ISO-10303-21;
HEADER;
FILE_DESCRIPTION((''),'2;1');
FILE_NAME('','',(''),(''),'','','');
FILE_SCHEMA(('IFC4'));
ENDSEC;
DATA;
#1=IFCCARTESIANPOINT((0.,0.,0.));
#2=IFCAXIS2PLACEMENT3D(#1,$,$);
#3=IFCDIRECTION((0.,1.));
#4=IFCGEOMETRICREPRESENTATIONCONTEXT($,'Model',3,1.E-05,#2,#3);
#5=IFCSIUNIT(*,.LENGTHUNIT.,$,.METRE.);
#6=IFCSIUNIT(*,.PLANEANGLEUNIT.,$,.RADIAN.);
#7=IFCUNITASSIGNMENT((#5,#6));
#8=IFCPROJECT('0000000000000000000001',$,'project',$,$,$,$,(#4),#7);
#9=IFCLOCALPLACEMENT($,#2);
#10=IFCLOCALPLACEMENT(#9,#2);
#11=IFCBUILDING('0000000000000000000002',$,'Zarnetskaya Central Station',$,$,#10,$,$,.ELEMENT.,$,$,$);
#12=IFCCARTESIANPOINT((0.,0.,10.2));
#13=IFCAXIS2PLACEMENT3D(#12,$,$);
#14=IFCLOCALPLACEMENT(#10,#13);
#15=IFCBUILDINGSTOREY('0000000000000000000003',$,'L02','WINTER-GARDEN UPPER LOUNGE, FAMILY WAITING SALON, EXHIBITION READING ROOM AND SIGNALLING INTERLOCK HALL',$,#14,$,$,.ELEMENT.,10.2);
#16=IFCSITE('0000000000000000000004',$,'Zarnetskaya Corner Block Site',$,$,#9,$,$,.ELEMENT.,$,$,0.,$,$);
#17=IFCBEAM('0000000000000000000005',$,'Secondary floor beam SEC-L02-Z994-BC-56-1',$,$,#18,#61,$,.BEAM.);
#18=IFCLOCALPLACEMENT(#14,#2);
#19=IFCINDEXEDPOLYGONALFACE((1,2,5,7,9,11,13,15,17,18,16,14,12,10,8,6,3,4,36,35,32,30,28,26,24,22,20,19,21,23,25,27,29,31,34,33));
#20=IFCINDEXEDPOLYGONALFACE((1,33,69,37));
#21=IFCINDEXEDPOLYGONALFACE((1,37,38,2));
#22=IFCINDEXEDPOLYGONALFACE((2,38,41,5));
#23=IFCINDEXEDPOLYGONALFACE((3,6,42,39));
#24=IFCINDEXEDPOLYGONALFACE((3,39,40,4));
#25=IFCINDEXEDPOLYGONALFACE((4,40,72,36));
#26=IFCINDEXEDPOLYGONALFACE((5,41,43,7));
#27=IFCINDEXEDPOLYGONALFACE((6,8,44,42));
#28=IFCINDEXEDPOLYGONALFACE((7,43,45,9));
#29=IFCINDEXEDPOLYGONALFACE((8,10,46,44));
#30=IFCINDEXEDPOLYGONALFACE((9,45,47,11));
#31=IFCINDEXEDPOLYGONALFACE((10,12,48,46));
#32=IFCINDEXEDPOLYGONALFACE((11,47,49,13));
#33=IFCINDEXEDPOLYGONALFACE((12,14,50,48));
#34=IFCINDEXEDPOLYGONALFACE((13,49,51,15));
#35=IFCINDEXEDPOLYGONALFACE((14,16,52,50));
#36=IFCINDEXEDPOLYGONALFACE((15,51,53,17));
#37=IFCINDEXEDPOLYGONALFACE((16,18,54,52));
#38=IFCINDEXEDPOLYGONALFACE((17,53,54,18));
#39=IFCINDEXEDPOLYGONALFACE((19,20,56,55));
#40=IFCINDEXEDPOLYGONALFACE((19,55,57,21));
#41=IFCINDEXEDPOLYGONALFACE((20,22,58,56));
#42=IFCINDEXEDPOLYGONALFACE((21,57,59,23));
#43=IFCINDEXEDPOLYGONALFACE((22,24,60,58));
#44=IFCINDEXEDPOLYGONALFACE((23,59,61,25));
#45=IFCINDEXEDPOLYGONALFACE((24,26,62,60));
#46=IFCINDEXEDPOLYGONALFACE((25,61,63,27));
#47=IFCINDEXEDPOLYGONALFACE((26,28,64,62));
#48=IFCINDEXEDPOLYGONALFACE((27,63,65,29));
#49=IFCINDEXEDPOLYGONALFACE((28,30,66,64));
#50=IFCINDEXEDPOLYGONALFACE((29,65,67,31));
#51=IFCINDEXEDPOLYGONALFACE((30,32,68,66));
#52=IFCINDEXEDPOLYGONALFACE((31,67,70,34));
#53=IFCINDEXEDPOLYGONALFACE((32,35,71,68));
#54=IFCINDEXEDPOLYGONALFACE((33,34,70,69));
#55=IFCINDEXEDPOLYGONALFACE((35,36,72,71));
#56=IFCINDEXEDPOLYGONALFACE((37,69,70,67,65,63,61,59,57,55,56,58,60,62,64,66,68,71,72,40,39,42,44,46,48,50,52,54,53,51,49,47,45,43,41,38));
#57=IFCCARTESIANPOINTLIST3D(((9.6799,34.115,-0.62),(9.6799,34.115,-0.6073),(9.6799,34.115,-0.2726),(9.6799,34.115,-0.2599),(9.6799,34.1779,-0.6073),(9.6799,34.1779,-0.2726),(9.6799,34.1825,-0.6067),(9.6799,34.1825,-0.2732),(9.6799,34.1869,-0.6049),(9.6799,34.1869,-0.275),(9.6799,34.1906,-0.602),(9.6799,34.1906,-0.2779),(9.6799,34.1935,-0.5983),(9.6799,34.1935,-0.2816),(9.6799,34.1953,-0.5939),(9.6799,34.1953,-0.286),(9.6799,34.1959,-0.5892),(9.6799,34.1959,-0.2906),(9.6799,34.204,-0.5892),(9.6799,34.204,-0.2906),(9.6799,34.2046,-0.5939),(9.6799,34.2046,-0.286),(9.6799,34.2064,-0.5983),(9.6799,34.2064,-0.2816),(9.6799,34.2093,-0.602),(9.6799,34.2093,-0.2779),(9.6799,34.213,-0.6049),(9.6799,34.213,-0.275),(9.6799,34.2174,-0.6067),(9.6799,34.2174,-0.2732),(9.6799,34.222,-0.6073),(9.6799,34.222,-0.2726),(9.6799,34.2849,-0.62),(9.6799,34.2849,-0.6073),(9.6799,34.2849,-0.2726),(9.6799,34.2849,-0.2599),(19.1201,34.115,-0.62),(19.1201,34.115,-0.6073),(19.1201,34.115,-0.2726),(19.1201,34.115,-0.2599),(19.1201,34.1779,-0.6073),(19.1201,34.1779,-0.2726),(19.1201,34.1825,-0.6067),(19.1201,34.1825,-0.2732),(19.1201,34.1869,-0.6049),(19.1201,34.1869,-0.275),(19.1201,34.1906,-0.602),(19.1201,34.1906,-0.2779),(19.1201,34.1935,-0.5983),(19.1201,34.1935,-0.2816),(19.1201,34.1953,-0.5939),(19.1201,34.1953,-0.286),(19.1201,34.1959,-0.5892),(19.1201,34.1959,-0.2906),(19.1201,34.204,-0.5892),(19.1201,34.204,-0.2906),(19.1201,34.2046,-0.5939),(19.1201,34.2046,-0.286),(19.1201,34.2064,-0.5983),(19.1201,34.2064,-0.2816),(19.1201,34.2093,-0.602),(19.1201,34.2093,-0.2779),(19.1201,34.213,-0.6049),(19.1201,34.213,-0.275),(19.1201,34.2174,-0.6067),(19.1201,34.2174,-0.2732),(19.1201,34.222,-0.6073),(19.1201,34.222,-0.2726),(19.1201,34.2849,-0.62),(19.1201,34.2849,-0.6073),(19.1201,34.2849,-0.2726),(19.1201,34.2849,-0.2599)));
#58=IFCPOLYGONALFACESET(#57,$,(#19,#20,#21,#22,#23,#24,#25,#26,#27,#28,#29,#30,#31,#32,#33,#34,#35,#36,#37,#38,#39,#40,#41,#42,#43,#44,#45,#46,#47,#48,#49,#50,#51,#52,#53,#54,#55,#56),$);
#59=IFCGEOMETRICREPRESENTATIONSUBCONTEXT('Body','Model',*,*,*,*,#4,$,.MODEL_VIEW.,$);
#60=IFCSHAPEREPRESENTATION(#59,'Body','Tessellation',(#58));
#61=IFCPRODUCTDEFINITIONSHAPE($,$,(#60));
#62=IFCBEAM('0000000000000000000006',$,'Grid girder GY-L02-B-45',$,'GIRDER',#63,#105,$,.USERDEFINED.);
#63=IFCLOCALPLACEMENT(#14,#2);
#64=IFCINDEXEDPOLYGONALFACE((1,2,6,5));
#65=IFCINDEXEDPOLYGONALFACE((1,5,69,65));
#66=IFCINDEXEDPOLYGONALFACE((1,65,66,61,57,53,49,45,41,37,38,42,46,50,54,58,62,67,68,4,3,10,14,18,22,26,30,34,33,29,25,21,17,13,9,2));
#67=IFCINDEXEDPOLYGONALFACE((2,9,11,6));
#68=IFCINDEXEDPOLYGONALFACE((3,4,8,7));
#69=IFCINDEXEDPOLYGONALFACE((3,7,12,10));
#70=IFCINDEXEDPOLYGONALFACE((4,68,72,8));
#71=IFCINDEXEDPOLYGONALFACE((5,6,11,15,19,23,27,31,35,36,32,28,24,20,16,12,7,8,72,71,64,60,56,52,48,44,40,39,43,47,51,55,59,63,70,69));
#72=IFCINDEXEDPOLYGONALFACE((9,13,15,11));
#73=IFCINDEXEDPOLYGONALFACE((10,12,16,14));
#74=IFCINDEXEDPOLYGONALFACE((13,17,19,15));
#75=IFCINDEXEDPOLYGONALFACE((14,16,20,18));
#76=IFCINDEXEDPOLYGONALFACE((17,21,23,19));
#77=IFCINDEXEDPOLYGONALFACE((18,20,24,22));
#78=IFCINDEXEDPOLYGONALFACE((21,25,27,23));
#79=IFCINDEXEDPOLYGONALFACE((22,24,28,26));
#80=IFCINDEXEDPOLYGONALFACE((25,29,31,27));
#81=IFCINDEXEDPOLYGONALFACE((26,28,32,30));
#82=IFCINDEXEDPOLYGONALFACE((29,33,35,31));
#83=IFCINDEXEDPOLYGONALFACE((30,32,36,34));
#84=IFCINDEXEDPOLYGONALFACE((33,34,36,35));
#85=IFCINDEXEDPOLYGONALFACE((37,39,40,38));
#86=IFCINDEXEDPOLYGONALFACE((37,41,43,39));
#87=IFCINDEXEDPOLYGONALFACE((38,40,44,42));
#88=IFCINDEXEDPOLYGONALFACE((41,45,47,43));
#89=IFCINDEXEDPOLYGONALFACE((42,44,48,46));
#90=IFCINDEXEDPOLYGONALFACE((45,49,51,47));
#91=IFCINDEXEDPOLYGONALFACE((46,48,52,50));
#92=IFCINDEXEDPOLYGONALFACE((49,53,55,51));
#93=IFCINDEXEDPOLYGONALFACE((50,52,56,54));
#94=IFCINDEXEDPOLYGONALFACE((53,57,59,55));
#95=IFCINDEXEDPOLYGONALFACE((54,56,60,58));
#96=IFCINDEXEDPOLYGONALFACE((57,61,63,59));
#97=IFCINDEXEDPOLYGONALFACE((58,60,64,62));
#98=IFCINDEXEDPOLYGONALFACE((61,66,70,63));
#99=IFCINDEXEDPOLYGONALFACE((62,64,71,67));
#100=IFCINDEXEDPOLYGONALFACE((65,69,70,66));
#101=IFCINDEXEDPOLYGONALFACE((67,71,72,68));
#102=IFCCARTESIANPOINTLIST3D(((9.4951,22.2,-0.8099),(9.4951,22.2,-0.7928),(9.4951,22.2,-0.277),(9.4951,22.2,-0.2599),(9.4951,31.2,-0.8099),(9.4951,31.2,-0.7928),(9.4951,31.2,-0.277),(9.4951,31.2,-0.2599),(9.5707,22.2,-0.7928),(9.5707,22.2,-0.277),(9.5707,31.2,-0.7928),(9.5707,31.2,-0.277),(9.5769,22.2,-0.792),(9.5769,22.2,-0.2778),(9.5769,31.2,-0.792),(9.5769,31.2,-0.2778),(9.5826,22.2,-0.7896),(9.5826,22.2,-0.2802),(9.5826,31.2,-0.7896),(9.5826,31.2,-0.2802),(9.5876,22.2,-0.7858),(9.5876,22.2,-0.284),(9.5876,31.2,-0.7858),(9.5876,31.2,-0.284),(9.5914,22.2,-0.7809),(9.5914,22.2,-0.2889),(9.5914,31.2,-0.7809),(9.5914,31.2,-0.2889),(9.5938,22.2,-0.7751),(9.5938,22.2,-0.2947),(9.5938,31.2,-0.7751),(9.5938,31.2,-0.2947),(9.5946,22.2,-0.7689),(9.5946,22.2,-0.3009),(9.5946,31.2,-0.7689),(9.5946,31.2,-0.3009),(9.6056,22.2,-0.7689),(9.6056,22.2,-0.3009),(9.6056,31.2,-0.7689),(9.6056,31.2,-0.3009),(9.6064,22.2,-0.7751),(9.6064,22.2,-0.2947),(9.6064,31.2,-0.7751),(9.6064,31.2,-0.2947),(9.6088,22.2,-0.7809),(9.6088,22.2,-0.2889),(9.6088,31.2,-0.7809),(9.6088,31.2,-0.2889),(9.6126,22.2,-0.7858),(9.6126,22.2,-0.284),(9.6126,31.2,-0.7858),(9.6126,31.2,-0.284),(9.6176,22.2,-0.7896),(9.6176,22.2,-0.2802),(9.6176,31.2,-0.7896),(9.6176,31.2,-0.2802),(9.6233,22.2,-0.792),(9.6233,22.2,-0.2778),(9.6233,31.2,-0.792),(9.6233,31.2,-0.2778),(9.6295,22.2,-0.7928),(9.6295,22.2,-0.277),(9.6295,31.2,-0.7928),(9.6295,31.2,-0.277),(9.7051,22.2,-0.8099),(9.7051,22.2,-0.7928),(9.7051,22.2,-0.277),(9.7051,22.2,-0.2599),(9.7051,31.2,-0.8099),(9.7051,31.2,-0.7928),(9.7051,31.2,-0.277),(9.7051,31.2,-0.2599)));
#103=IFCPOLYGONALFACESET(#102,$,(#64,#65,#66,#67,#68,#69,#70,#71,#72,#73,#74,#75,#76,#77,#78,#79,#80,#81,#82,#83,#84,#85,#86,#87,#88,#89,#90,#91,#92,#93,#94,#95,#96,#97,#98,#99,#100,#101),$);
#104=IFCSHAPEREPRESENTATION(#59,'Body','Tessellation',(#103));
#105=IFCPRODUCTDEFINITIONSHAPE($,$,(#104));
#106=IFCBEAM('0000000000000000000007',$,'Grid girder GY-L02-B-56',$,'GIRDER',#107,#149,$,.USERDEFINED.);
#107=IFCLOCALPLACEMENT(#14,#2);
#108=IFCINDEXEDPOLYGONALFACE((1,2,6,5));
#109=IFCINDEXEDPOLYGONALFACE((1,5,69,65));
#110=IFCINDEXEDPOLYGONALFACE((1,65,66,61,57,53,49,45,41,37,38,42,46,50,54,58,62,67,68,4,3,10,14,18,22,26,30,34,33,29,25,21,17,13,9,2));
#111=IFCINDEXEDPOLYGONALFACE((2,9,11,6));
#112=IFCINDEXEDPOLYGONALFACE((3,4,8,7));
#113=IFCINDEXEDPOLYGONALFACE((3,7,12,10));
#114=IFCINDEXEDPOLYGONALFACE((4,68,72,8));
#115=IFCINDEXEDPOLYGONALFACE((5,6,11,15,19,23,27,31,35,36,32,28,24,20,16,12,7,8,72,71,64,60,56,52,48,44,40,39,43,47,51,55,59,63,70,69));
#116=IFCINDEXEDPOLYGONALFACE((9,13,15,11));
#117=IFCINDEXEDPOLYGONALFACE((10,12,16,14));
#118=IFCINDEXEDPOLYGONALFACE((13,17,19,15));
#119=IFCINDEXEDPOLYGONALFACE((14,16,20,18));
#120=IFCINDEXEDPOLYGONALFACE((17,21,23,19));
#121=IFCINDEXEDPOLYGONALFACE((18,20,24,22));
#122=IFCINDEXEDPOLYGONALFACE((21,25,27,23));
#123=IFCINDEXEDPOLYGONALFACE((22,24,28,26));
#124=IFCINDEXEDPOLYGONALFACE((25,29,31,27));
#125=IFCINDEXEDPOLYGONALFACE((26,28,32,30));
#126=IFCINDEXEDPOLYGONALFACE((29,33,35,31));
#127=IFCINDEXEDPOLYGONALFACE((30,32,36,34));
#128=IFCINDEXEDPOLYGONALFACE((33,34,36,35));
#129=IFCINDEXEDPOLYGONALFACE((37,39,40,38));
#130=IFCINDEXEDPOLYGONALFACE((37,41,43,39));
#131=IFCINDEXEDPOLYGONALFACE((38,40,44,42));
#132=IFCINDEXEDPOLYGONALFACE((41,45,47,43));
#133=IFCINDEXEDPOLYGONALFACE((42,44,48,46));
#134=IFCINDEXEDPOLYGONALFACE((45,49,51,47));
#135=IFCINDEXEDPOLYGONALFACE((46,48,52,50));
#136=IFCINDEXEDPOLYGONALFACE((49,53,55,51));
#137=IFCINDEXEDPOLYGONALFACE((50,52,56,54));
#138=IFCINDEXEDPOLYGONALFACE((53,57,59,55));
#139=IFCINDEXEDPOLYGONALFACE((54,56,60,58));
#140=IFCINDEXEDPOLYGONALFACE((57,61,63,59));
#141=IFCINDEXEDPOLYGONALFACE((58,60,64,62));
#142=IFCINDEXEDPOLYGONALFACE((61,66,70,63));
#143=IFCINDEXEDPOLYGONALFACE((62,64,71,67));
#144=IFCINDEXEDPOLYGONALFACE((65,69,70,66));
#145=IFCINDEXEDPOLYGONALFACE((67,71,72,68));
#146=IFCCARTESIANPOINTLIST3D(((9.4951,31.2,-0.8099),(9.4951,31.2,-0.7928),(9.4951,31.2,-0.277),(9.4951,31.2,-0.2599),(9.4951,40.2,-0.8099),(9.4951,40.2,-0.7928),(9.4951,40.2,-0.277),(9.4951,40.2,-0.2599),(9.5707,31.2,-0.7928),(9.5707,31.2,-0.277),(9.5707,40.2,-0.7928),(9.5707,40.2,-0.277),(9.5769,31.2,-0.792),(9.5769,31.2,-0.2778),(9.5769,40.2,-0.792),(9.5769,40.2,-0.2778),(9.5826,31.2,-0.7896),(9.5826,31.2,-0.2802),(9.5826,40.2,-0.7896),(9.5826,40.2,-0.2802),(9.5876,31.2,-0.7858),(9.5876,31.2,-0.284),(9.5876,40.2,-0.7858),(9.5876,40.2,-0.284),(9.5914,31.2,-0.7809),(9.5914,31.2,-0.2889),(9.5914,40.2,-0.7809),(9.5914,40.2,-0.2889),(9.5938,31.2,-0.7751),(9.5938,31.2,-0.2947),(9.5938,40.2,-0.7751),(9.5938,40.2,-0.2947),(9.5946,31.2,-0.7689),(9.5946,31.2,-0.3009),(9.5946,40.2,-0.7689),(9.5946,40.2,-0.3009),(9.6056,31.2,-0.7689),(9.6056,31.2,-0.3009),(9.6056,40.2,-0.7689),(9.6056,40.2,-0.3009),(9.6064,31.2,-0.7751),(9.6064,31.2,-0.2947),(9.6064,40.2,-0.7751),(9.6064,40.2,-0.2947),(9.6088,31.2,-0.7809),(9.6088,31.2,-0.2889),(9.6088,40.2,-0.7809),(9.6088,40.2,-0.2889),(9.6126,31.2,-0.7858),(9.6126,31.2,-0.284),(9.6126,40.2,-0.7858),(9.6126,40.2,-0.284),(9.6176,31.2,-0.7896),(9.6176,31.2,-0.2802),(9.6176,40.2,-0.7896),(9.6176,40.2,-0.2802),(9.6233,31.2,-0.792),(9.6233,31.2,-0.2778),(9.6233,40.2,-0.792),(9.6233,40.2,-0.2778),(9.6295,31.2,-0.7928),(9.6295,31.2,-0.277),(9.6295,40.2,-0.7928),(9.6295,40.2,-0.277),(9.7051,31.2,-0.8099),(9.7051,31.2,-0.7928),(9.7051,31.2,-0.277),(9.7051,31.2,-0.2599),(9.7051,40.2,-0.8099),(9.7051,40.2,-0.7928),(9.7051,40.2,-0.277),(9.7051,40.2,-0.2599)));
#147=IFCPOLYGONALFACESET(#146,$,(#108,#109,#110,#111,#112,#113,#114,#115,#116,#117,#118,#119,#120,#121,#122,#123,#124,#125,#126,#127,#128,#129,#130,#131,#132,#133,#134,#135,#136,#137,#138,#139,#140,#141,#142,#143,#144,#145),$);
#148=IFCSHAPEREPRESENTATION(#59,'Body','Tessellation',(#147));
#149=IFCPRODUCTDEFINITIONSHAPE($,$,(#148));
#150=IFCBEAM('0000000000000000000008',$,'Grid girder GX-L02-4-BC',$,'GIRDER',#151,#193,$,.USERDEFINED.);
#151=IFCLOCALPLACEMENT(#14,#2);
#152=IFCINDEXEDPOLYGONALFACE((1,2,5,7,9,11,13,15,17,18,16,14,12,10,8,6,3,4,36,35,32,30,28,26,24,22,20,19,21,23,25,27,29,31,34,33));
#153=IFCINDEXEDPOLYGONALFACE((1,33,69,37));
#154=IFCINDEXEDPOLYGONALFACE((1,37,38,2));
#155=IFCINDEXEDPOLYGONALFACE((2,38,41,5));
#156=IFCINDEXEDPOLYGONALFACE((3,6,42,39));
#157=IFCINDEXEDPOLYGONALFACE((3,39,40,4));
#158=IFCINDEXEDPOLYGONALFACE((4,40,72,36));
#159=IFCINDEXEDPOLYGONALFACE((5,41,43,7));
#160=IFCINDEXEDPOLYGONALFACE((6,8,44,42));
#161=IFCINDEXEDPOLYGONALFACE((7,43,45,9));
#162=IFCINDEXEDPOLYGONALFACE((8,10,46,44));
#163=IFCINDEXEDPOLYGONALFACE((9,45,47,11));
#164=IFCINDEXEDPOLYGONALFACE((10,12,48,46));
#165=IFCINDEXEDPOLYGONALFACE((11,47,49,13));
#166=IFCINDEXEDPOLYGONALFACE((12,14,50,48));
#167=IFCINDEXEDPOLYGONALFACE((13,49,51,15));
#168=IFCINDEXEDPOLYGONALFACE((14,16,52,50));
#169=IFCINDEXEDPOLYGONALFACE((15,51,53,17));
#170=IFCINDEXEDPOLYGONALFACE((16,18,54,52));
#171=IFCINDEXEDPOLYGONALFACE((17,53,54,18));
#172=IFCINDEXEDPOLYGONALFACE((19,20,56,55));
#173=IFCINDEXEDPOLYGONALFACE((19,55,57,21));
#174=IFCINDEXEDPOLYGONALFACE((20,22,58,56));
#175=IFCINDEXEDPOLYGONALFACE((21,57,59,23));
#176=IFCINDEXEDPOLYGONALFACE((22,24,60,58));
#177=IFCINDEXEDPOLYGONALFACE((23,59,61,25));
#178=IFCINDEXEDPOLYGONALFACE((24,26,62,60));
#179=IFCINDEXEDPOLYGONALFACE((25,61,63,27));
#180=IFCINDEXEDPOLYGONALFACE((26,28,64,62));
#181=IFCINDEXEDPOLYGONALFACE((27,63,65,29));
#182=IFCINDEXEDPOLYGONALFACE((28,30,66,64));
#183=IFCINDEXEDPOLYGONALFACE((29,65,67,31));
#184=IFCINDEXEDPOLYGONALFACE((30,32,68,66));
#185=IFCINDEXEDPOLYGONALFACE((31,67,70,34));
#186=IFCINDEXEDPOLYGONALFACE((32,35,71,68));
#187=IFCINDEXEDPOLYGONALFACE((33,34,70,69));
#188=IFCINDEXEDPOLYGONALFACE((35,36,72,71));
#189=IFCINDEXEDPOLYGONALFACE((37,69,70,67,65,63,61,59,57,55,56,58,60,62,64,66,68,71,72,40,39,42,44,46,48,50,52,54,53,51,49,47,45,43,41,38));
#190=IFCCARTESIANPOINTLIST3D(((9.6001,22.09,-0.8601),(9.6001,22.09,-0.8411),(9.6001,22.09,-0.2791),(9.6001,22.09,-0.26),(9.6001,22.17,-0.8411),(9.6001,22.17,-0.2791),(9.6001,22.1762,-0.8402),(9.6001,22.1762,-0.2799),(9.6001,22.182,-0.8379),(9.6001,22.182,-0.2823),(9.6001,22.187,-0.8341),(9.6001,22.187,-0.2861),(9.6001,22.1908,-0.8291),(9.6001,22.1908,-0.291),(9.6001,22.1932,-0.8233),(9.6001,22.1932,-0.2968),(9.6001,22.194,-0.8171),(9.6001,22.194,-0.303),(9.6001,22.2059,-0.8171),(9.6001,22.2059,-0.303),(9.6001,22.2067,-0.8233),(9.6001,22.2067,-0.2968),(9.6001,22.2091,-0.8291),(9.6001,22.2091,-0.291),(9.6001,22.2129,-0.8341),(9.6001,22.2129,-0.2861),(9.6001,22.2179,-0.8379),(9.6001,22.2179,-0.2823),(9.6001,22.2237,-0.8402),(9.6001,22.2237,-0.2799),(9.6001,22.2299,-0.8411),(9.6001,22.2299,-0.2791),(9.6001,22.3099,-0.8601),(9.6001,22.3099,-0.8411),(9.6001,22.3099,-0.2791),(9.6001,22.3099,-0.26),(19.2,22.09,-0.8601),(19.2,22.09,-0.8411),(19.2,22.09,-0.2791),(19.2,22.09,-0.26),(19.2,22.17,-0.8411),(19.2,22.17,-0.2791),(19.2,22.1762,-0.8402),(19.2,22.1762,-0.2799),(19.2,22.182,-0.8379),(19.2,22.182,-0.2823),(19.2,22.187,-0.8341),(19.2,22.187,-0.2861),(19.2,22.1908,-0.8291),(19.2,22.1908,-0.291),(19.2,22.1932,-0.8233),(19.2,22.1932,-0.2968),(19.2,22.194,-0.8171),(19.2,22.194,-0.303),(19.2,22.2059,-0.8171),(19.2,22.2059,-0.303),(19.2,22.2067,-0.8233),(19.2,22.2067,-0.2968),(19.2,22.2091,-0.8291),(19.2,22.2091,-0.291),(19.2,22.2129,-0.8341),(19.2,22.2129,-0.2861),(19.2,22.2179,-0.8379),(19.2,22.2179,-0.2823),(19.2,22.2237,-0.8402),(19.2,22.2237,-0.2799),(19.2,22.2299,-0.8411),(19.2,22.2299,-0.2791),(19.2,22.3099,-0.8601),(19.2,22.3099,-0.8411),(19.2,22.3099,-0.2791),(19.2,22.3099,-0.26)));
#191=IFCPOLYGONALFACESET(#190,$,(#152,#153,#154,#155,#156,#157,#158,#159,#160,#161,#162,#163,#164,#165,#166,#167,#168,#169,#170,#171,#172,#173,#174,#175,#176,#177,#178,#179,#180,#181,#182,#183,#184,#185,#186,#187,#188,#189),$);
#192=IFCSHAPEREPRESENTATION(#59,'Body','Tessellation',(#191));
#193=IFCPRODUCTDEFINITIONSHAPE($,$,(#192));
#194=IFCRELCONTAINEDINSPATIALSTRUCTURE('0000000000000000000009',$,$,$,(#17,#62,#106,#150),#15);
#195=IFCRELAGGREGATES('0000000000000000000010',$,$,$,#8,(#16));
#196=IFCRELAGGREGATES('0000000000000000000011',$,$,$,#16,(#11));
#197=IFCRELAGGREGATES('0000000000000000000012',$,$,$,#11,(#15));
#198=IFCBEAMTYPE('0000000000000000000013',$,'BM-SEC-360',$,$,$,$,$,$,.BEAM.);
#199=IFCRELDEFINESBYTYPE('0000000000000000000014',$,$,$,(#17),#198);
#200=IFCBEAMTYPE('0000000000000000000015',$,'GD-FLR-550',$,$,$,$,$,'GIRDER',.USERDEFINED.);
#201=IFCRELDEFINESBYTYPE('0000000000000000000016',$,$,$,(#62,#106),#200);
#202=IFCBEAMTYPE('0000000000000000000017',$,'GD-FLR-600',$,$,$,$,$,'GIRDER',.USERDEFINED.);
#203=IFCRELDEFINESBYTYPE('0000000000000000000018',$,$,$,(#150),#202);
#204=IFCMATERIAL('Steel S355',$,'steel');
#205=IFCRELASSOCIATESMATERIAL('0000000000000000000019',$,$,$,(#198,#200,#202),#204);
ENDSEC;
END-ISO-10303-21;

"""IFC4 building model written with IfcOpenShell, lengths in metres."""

from ifc_helpers import new_model, si_unit, direction, frame, origin, origin_2d, place, context, subcontext, project, spatial, i_section, extrude, material, material_profile, profile_set, type_object, element, save


model = new_model("IFC4")

# Units and contexts
model_context = context("Model", 3, precision=1e-05, world=origin(), true_north=direction((0.0, 1.0)))
body_context = subcontext(model_context, "Body", "Model", "MODEL_VIEW")
ifc_project = project(units=[si_unit("LENGTHUNIT", "METRE"), si_unit("PLANEANGLEUNIT", "RADIAN")], contexts=[model_context])

# Site, building, storey
site_placement = place(None, origin())
site = spatial("IfcSite", under=ifc_project, at=site_placement, Name="Zarnetskaya Corner Block Site", CompositionType="ELEMENT", RefElevation=0.0)
building_placement = place(site_placement, origin())
building = spatial("IfcBuilding", under=site, at=building_placement, Name="Zarnetskaya Central Station", CompositionType="ELEMENT")
storey_placement = place(building_placement, frame((0.0, 0.0, 10.2)))
storey = spatial("IfcBuildingStorey", under=building, at=storey_placement, Name="L02", Description="WINTER-GARDEN UPPER LOUNGE, FAMILY WAITING SALON, EXHIBITION READING ROOM AND SIGNALLING INTERLOCK HALL", CompositionType="ELEMENT", Elevation=10.2)

# Shared definitions
ifc_material_1 = material(Name="Steel S355", Category="steel")

# Beams
ifc_material_profile_1 = material_profile(ifc_material_1, i_section(OverallWidth=0.1699, OverallDepth=0.3601, WebThickness=0.0081, FlangeThickness=0.0127, FilletRadius=0.0181, at=origin_2d()), Name="IPE 360")
ifc_profile_set_1 = profile_set([ifc_material_profile_1], Name="Steel S355")
beam_type_1 = type_object("IfcBeamType", Name="BM-SEC-360", PredefinedType="BEAM", material=ifc_profile_set_1)
for number, where, z_axis, x_axis, name in (
    (1, (9.6799, 34.2, -0.4399), (1.0, 0.0, 0.0), (0.0, 1.0, 0.0), "Secondary floor beam SEC-L02-Z994-BC-56-1"),
):
    element("IfcBeam", number, at=place(storey_placement, frame(where, z_axis=z_axis, x_axis=x_axis)), inside=storey, type_object=beam_type_1, Name=name, PredefinedType="BEAM", context=body_context, shape_type="SweptSolid", body=[
        extrude(i_section(OverallWidth=0.1699, OverallDepth=0.3601, WebThickness=0.0081, FlangeThickness=0.0127, FilletRadius=0.0181, at=origin_2d()), origin(), (0.0, 0.0, 1.0), 9.4402),
    ])
ifc_material_profile_2 = material_profile(ifc_material_1, i_section(OverallWidth=0.21, OverallDepth=0.55, WebThickness=0.011, FlangeThickness=0.0171, FilletRadius=0.0239, at=origin_2d()), Name="IPE 550")
ifc_profile_set_2 = profile_set([ifc_material_profile_2], Name="Steel S355")
beam_type_2 = type_object("IfcBeamType", Name="GD-FLR-550", ElementType="GIRDER", PredefinedType="USERDEFINED", material=ifc_profile_set_2)
for number, where, z_axis, x_axis, name in (
    (2, (9.6001, 22.2, -0.5349), (0.0, 1.0, 0.0), (-1.0, 0.0, 0.0), "Grid girder GY-L02-B-45"),
    (3, (9.6001, 31.2, -0.5349), (0.0, 1.0, 0.0), (-1.0, 0.0, 0.0), "Grid girder GY-L02-B-56"),
):
    element("IfcBeam", number, at=place(storey_placement, frame(where, z_axis=z_axis, x_axis=x_axis)), inside=storey, type_object=beam_type_2, Name=name, ObjectType="GIRDER", PredefinedType="USERDEFINED", context=body_context, shape_type="SweptSolid", body=[
        extrude(i_section(OverallWidth=0.21, OverallDepth=0.55, WebThickness=0.011, FlangeThickness=0.0171, FilletRadius=0.0239, at=origin_2d()), origin(), (0.0, 0.0, 1.0), 9.0),
    ])
ifc_material_profile_3 = material_profile(ifc_material_1, i_section(OverallWidth=0.22, OverallDepth=0.6001, WebThickness=0.012, FlangeThickness=0.019, FilletRadius=0.0239, at=origin_2d()), Name="IPE 600")
ifc_profile_set_3 = profile_set([ifc_material_profile_3], Name="Steel S355")
beam_type_3 = type_object("IfcBeamType", Name="GD-FLR-600", ElementType="GIRDER", PredefinedType="USERDEFINED", material=ifc_profile_set_3)
for number, where, z_axis, x_axis, name in (
    (4, (9.6001, 22.2, -0.5601), (1.0, 0.0, 0.0), (0.0, 1.0, 0.0), "Grid girder GX-L02-4-BC"),
):
    element("IfcBeam", number, at=place(storey_placement, frame(where, z_axis=z_axis, x_axis=x_axis)), inside=storey, type_object=beam_type_3, Name=name, ObjectType="GIRDER", PredefinedType="USERDEFINED", context=body_context, shape_type="SweptSolid", body=[
        extrude(i_section(OverallWidth=0.22, OverallDepth=0.6001, WebThickness=0.012, FlangeThickness=0.019, FilletRadius=0.0239, at=origin_2d()), origin(), (0.0, 0.0, 1.0), 9.5999),
    ])

save(model, "model.ifc")
